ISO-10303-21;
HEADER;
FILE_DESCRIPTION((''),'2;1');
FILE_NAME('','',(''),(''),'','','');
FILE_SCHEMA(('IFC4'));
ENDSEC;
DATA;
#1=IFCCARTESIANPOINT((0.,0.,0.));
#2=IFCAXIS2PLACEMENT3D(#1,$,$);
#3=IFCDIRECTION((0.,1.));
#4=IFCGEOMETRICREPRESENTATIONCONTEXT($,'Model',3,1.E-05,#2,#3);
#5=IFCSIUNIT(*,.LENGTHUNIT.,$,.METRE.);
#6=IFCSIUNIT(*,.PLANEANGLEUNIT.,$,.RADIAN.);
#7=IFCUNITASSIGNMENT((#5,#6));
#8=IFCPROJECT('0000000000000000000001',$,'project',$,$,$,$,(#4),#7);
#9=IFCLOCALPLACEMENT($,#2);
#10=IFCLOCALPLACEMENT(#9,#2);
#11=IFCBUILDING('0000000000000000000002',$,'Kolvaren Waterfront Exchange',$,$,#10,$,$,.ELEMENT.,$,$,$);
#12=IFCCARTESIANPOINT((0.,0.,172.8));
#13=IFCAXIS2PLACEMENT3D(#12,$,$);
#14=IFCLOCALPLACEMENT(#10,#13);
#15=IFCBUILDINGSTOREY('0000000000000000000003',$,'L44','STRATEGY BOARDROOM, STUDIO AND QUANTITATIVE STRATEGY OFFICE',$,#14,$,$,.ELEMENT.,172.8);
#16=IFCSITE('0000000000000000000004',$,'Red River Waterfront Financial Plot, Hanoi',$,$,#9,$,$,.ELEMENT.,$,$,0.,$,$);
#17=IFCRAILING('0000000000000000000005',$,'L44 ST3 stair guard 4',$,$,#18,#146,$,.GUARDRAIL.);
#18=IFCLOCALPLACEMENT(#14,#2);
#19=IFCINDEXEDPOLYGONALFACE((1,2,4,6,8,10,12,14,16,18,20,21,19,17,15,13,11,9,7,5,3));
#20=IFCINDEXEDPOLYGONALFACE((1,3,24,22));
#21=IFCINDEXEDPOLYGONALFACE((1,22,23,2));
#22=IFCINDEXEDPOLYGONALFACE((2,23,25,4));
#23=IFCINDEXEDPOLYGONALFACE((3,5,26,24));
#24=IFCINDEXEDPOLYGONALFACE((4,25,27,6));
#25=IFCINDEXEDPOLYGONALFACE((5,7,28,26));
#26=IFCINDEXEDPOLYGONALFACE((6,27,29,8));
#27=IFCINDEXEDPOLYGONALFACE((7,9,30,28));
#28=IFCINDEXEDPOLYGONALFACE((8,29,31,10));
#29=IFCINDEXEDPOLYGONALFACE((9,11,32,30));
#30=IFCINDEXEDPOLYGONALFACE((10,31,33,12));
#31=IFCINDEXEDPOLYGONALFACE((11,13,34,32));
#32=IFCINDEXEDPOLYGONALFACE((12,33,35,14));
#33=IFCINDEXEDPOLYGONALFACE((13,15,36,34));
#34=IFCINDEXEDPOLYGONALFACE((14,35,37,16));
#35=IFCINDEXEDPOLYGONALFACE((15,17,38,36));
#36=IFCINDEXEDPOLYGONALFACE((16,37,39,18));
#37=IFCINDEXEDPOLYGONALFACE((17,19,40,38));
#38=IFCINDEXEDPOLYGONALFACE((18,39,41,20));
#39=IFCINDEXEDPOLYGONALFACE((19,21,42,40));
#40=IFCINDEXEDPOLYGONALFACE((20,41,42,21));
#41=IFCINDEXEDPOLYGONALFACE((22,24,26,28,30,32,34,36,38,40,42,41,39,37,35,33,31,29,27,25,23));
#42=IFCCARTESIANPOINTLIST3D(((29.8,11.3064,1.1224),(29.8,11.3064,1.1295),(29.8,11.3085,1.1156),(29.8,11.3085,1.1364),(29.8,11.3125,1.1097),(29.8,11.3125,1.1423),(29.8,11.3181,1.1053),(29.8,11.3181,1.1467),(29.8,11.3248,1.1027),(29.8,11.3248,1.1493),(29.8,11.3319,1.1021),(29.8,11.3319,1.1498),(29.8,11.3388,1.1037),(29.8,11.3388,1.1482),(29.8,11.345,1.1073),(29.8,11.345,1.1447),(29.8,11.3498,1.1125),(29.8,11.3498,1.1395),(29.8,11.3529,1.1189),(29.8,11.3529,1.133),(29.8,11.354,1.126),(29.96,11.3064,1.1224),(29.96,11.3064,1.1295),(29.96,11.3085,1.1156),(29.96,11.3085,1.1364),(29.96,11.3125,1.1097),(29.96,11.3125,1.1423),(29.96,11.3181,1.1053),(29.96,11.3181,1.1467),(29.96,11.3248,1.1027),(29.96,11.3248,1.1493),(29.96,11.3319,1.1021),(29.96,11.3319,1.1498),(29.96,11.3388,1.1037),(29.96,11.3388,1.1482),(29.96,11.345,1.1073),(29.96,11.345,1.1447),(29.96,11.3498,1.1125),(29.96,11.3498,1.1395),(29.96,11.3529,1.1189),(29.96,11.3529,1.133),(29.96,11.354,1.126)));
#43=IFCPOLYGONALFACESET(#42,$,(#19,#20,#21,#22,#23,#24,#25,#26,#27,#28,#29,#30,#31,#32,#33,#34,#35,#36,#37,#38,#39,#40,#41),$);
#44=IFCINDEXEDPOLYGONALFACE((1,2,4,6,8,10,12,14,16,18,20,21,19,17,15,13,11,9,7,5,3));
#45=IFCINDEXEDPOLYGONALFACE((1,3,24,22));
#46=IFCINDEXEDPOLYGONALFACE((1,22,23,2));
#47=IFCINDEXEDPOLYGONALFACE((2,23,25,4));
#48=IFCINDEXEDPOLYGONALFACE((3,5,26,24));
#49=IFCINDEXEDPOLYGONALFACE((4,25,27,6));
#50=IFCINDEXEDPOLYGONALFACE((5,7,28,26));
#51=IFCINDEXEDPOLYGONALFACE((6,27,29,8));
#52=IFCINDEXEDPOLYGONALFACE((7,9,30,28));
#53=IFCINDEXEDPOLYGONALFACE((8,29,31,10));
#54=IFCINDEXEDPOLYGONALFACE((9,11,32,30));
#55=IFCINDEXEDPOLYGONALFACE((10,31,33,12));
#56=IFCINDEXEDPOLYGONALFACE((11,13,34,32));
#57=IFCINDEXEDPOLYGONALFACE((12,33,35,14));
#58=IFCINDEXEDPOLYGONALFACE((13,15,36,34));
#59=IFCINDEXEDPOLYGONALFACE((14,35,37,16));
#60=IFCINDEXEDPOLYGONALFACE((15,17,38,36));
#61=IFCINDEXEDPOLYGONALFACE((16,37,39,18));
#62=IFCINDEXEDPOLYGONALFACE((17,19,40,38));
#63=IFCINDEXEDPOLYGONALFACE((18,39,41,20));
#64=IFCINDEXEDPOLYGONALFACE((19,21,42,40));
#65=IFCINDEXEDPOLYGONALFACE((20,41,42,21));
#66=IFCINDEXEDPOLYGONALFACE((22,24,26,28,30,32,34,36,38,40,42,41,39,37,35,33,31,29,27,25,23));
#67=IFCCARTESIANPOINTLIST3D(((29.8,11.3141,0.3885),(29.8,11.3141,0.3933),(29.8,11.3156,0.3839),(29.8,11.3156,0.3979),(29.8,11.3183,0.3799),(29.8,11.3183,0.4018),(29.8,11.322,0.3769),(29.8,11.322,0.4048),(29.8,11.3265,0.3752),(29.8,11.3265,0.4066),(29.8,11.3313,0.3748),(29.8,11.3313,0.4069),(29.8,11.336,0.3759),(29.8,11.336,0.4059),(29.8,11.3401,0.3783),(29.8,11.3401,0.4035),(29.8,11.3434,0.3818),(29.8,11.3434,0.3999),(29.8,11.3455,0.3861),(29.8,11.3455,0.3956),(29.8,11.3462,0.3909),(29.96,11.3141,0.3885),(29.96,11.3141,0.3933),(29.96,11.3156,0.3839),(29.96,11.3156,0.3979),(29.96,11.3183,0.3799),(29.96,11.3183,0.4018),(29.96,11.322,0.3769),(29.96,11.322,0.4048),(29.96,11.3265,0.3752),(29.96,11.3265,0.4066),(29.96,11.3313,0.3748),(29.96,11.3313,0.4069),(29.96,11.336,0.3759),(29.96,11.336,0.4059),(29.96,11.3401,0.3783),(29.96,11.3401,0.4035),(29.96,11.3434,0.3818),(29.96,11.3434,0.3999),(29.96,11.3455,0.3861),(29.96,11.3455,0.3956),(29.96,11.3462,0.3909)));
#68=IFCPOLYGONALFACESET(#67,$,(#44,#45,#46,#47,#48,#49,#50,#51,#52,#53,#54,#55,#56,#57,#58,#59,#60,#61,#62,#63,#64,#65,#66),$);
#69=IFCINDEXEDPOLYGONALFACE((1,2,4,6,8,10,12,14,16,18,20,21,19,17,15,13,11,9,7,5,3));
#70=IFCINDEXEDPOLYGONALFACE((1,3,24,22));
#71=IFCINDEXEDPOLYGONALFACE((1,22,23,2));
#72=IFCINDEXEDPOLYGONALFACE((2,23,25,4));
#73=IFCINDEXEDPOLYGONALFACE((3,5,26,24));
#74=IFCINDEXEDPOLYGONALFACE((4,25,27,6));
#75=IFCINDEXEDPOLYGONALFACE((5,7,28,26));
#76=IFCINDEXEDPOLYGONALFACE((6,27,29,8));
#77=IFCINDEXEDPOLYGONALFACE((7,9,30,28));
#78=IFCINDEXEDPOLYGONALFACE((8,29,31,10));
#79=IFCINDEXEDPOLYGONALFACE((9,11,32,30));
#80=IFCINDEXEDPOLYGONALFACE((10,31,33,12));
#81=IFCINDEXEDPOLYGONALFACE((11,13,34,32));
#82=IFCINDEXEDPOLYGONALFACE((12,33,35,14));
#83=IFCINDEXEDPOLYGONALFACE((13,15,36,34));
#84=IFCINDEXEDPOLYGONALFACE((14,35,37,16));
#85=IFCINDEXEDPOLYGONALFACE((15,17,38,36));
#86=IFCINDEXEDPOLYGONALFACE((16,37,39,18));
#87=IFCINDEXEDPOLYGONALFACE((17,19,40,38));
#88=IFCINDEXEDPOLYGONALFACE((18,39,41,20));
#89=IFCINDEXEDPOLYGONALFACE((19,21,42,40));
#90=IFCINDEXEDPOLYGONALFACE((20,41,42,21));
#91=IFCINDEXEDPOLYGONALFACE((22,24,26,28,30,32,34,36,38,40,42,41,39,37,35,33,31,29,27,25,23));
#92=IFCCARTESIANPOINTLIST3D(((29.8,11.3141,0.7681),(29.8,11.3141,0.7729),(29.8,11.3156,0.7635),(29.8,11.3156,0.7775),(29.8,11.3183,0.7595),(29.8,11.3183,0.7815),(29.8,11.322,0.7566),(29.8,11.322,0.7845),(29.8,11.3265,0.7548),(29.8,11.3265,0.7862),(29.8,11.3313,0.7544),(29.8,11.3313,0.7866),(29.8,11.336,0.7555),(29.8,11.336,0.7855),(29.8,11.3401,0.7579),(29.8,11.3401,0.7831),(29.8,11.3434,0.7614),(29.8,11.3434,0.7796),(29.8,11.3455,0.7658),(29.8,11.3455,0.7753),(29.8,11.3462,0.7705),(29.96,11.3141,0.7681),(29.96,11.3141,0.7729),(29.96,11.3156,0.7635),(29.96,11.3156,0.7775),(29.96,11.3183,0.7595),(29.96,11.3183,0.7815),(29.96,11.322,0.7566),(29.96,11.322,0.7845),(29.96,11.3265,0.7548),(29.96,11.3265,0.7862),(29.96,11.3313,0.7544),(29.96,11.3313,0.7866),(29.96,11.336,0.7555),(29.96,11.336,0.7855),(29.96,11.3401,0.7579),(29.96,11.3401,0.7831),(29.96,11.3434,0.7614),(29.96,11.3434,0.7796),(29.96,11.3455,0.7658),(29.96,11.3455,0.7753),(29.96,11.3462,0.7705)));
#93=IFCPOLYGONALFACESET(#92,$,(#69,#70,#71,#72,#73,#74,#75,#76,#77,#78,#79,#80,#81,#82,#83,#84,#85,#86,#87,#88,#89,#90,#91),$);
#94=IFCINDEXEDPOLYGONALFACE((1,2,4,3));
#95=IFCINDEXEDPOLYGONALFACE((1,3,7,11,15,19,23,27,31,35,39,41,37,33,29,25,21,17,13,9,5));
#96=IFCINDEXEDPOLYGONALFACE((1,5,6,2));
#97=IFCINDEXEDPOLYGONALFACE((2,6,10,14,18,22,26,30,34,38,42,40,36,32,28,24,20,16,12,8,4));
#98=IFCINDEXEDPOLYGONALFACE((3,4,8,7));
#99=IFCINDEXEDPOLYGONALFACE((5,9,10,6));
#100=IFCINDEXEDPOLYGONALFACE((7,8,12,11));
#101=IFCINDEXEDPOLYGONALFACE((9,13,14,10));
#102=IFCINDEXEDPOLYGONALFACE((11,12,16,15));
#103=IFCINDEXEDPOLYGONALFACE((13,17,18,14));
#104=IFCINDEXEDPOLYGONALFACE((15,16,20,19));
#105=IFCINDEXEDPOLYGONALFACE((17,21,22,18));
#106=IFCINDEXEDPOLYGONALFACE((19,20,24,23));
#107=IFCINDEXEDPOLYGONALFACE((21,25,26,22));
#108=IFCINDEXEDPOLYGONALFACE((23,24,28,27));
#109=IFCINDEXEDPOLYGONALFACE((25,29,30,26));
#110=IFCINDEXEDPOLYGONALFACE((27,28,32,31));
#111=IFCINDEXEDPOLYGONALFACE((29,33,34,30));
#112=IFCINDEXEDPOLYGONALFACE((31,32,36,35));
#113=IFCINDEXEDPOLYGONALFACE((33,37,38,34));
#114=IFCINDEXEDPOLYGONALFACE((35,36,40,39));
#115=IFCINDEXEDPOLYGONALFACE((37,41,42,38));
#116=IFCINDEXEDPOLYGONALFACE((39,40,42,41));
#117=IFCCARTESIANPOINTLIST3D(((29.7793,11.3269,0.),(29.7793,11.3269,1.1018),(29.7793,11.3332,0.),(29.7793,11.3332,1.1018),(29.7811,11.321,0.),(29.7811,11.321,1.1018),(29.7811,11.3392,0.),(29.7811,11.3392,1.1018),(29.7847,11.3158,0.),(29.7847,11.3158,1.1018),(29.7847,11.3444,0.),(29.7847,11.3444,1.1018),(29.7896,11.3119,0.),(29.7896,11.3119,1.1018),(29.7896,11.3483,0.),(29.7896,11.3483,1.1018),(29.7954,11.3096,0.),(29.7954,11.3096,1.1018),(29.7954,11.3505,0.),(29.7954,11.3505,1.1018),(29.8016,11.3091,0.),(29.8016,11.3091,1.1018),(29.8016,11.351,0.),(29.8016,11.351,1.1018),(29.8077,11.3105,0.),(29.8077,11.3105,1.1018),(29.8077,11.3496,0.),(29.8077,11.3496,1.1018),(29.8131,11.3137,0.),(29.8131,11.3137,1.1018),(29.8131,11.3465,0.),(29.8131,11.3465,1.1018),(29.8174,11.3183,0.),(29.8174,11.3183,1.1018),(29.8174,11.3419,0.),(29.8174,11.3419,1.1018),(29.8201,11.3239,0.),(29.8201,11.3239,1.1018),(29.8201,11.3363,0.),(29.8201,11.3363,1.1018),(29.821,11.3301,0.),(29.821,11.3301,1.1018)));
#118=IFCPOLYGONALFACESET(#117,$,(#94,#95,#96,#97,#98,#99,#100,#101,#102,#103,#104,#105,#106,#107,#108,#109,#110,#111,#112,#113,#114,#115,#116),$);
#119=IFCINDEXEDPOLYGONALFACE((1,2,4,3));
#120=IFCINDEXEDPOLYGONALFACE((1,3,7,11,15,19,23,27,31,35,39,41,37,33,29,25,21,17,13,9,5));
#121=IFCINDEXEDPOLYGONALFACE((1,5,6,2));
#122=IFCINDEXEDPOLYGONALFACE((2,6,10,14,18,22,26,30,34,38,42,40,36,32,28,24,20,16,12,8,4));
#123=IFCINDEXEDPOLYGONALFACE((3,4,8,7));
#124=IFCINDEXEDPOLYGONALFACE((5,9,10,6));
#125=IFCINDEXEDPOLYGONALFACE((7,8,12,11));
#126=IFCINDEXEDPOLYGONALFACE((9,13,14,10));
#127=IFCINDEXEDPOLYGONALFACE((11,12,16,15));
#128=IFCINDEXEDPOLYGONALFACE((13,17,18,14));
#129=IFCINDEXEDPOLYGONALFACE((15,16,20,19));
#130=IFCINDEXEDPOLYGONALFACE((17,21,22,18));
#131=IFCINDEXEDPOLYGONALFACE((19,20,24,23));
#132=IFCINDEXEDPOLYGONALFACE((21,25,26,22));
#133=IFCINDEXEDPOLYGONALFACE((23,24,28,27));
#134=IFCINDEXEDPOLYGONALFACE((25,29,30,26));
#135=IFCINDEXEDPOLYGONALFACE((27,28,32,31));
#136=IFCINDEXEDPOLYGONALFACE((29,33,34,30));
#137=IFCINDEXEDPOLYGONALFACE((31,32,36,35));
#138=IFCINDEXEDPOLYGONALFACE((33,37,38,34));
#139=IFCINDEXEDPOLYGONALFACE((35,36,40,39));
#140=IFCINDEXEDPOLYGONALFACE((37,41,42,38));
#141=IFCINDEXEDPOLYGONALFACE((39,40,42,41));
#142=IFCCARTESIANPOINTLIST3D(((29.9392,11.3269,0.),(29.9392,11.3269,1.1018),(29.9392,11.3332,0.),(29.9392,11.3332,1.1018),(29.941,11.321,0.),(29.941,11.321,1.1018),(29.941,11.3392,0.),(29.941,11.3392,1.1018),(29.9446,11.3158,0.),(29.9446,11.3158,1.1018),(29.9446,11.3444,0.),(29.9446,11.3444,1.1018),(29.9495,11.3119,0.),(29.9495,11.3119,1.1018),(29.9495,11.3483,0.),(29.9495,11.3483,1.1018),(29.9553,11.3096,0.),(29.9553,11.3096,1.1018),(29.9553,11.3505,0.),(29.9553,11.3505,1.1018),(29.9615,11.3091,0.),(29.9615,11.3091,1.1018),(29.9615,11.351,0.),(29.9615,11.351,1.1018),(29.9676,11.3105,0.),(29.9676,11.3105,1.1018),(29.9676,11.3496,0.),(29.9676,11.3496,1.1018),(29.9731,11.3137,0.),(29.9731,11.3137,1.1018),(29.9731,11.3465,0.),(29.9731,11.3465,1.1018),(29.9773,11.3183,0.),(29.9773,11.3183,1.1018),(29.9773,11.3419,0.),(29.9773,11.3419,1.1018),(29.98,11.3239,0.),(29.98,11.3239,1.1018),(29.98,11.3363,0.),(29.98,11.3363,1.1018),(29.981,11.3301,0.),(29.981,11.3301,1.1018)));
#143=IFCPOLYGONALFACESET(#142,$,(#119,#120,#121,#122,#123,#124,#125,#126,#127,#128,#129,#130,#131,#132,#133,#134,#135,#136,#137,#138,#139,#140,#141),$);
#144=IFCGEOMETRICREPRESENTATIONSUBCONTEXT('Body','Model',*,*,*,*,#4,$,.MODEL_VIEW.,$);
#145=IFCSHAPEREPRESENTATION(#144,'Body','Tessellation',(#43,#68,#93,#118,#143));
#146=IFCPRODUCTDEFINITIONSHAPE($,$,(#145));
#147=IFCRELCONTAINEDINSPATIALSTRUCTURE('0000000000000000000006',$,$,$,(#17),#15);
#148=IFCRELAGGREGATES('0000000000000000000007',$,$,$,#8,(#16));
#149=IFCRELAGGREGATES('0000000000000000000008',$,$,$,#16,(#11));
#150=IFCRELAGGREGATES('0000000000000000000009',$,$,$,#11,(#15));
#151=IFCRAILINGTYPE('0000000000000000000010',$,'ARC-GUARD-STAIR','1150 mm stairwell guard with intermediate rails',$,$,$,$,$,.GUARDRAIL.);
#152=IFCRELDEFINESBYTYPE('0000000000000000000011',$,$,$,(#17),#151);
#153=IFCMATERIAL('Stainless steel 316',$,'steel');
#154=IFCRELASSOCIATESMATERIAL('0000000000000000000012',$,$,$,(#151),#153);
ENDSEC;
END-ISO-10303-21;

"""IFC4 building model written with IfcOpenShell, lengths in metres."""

from ifc_helpers import new_model, si_unit, direction, frame, origin, origin_2d, place, context, subcontext, project, spatial, circle, extrude, material, type_object, element, save


model = new_model("IFC4")

# Units and contexts
model_context = context("Model", 3, precision=1e-05, world=origin(), true_north=direction((0.0, 1.0)))
body_context = subcontext(model_context, "Body", "Model", "MODEL_VIEW")
ifc_project = project(units=[si_unit("LENGTHUNIT", "METRE"), si_unit("PLANEANGLEUNIT", "RADIAN")], contexts=[model_context])

# Site, building, storey
site_placement = place(None, origin())
site = spatial("IfcSite", under=ifc_project, at=site_placement, Name="Red River Waterfront Financial Plot, Hanoi", CompositionType="ELEMENT", RefElevation=0.0)
building_placement = place(site_placement, origin())
building = spatial("IfcBuilding", under=site, at=building_placement, Name="Kolvaren Waterfront Exchange", CompositionType="ELEMENT")
storey_placement = place(building_placement, frame((0.0, 0.0, 172.8)))
storey = spatial("IfcBuildingStorey", under=building, at=storey_placement, Name="L44", Description="STRATEGY BOARDROOM, STUDIO AND QUANTITATIVE STRATEGY OFFICE", CompositionType="ELEMENT", Elevation=172.8)

# Railing
ifc_material_1 = material(Name="Stainless steel 316", Category="steel")
railing_type_1 = type_object("IfcRailingType", Name="ARC-GUARD-STAIR", Description="1150 mm stairwell guard with intermediate rails", PredefinedType="GUARDRAIL", material=ifc_material_1)
railing_1_placement = place(storey_placement, frame((29.8, 11.3301, 0.0)))
element("IfcRailing", 1, at=railing_1_placement, inside=storey, type_object=railing_type_1, Name="L44 ST3 stair guard 4", PredefinedType="GUARDRAIL", context=body_context, shape_type="SweptSolid", body=[
    extrude(circle(Radius=0.0239, at=origin_2d()), frame((0.0, 0.0, 1.126), z_axis=(1.0, 0.0, 0.0), x_axis=(0.0, 1.0, 0.0)), (0.0, 0.0, 1.0), 0.1599),
    extrude(circle(Radius=0.0161, at=origin_2d()), frame((0.0, 0.0, 0.3909), z_axis=(1.0, 0.0, 0.0), x_axis=(0.0, 1.0, 0.0)), (0.0, 0.0, 1.0), 0.1599),
    extrude(circle(Radius=0.0161, at=origin_2d()), frame((0.0, 0.0, 0.7705), z_axis=(1.0, 0.0, 0.0), x_axis=(0.0, 1.0, 0.0)), (0.0, 0.0, 1.0), 0.1599),
    extrude(circle(Radius=0.021, at=origin_2d()), origin(), (0.0, 0.0, 1.0), 1.1018),
    extrude(circle(Radius=0.021, at=origin_2d()), frame((0.1599, 0.0, 0.0)), (0.0, 0.0, 1.0), 1.1018),
])

save(model, "model.ifc")
